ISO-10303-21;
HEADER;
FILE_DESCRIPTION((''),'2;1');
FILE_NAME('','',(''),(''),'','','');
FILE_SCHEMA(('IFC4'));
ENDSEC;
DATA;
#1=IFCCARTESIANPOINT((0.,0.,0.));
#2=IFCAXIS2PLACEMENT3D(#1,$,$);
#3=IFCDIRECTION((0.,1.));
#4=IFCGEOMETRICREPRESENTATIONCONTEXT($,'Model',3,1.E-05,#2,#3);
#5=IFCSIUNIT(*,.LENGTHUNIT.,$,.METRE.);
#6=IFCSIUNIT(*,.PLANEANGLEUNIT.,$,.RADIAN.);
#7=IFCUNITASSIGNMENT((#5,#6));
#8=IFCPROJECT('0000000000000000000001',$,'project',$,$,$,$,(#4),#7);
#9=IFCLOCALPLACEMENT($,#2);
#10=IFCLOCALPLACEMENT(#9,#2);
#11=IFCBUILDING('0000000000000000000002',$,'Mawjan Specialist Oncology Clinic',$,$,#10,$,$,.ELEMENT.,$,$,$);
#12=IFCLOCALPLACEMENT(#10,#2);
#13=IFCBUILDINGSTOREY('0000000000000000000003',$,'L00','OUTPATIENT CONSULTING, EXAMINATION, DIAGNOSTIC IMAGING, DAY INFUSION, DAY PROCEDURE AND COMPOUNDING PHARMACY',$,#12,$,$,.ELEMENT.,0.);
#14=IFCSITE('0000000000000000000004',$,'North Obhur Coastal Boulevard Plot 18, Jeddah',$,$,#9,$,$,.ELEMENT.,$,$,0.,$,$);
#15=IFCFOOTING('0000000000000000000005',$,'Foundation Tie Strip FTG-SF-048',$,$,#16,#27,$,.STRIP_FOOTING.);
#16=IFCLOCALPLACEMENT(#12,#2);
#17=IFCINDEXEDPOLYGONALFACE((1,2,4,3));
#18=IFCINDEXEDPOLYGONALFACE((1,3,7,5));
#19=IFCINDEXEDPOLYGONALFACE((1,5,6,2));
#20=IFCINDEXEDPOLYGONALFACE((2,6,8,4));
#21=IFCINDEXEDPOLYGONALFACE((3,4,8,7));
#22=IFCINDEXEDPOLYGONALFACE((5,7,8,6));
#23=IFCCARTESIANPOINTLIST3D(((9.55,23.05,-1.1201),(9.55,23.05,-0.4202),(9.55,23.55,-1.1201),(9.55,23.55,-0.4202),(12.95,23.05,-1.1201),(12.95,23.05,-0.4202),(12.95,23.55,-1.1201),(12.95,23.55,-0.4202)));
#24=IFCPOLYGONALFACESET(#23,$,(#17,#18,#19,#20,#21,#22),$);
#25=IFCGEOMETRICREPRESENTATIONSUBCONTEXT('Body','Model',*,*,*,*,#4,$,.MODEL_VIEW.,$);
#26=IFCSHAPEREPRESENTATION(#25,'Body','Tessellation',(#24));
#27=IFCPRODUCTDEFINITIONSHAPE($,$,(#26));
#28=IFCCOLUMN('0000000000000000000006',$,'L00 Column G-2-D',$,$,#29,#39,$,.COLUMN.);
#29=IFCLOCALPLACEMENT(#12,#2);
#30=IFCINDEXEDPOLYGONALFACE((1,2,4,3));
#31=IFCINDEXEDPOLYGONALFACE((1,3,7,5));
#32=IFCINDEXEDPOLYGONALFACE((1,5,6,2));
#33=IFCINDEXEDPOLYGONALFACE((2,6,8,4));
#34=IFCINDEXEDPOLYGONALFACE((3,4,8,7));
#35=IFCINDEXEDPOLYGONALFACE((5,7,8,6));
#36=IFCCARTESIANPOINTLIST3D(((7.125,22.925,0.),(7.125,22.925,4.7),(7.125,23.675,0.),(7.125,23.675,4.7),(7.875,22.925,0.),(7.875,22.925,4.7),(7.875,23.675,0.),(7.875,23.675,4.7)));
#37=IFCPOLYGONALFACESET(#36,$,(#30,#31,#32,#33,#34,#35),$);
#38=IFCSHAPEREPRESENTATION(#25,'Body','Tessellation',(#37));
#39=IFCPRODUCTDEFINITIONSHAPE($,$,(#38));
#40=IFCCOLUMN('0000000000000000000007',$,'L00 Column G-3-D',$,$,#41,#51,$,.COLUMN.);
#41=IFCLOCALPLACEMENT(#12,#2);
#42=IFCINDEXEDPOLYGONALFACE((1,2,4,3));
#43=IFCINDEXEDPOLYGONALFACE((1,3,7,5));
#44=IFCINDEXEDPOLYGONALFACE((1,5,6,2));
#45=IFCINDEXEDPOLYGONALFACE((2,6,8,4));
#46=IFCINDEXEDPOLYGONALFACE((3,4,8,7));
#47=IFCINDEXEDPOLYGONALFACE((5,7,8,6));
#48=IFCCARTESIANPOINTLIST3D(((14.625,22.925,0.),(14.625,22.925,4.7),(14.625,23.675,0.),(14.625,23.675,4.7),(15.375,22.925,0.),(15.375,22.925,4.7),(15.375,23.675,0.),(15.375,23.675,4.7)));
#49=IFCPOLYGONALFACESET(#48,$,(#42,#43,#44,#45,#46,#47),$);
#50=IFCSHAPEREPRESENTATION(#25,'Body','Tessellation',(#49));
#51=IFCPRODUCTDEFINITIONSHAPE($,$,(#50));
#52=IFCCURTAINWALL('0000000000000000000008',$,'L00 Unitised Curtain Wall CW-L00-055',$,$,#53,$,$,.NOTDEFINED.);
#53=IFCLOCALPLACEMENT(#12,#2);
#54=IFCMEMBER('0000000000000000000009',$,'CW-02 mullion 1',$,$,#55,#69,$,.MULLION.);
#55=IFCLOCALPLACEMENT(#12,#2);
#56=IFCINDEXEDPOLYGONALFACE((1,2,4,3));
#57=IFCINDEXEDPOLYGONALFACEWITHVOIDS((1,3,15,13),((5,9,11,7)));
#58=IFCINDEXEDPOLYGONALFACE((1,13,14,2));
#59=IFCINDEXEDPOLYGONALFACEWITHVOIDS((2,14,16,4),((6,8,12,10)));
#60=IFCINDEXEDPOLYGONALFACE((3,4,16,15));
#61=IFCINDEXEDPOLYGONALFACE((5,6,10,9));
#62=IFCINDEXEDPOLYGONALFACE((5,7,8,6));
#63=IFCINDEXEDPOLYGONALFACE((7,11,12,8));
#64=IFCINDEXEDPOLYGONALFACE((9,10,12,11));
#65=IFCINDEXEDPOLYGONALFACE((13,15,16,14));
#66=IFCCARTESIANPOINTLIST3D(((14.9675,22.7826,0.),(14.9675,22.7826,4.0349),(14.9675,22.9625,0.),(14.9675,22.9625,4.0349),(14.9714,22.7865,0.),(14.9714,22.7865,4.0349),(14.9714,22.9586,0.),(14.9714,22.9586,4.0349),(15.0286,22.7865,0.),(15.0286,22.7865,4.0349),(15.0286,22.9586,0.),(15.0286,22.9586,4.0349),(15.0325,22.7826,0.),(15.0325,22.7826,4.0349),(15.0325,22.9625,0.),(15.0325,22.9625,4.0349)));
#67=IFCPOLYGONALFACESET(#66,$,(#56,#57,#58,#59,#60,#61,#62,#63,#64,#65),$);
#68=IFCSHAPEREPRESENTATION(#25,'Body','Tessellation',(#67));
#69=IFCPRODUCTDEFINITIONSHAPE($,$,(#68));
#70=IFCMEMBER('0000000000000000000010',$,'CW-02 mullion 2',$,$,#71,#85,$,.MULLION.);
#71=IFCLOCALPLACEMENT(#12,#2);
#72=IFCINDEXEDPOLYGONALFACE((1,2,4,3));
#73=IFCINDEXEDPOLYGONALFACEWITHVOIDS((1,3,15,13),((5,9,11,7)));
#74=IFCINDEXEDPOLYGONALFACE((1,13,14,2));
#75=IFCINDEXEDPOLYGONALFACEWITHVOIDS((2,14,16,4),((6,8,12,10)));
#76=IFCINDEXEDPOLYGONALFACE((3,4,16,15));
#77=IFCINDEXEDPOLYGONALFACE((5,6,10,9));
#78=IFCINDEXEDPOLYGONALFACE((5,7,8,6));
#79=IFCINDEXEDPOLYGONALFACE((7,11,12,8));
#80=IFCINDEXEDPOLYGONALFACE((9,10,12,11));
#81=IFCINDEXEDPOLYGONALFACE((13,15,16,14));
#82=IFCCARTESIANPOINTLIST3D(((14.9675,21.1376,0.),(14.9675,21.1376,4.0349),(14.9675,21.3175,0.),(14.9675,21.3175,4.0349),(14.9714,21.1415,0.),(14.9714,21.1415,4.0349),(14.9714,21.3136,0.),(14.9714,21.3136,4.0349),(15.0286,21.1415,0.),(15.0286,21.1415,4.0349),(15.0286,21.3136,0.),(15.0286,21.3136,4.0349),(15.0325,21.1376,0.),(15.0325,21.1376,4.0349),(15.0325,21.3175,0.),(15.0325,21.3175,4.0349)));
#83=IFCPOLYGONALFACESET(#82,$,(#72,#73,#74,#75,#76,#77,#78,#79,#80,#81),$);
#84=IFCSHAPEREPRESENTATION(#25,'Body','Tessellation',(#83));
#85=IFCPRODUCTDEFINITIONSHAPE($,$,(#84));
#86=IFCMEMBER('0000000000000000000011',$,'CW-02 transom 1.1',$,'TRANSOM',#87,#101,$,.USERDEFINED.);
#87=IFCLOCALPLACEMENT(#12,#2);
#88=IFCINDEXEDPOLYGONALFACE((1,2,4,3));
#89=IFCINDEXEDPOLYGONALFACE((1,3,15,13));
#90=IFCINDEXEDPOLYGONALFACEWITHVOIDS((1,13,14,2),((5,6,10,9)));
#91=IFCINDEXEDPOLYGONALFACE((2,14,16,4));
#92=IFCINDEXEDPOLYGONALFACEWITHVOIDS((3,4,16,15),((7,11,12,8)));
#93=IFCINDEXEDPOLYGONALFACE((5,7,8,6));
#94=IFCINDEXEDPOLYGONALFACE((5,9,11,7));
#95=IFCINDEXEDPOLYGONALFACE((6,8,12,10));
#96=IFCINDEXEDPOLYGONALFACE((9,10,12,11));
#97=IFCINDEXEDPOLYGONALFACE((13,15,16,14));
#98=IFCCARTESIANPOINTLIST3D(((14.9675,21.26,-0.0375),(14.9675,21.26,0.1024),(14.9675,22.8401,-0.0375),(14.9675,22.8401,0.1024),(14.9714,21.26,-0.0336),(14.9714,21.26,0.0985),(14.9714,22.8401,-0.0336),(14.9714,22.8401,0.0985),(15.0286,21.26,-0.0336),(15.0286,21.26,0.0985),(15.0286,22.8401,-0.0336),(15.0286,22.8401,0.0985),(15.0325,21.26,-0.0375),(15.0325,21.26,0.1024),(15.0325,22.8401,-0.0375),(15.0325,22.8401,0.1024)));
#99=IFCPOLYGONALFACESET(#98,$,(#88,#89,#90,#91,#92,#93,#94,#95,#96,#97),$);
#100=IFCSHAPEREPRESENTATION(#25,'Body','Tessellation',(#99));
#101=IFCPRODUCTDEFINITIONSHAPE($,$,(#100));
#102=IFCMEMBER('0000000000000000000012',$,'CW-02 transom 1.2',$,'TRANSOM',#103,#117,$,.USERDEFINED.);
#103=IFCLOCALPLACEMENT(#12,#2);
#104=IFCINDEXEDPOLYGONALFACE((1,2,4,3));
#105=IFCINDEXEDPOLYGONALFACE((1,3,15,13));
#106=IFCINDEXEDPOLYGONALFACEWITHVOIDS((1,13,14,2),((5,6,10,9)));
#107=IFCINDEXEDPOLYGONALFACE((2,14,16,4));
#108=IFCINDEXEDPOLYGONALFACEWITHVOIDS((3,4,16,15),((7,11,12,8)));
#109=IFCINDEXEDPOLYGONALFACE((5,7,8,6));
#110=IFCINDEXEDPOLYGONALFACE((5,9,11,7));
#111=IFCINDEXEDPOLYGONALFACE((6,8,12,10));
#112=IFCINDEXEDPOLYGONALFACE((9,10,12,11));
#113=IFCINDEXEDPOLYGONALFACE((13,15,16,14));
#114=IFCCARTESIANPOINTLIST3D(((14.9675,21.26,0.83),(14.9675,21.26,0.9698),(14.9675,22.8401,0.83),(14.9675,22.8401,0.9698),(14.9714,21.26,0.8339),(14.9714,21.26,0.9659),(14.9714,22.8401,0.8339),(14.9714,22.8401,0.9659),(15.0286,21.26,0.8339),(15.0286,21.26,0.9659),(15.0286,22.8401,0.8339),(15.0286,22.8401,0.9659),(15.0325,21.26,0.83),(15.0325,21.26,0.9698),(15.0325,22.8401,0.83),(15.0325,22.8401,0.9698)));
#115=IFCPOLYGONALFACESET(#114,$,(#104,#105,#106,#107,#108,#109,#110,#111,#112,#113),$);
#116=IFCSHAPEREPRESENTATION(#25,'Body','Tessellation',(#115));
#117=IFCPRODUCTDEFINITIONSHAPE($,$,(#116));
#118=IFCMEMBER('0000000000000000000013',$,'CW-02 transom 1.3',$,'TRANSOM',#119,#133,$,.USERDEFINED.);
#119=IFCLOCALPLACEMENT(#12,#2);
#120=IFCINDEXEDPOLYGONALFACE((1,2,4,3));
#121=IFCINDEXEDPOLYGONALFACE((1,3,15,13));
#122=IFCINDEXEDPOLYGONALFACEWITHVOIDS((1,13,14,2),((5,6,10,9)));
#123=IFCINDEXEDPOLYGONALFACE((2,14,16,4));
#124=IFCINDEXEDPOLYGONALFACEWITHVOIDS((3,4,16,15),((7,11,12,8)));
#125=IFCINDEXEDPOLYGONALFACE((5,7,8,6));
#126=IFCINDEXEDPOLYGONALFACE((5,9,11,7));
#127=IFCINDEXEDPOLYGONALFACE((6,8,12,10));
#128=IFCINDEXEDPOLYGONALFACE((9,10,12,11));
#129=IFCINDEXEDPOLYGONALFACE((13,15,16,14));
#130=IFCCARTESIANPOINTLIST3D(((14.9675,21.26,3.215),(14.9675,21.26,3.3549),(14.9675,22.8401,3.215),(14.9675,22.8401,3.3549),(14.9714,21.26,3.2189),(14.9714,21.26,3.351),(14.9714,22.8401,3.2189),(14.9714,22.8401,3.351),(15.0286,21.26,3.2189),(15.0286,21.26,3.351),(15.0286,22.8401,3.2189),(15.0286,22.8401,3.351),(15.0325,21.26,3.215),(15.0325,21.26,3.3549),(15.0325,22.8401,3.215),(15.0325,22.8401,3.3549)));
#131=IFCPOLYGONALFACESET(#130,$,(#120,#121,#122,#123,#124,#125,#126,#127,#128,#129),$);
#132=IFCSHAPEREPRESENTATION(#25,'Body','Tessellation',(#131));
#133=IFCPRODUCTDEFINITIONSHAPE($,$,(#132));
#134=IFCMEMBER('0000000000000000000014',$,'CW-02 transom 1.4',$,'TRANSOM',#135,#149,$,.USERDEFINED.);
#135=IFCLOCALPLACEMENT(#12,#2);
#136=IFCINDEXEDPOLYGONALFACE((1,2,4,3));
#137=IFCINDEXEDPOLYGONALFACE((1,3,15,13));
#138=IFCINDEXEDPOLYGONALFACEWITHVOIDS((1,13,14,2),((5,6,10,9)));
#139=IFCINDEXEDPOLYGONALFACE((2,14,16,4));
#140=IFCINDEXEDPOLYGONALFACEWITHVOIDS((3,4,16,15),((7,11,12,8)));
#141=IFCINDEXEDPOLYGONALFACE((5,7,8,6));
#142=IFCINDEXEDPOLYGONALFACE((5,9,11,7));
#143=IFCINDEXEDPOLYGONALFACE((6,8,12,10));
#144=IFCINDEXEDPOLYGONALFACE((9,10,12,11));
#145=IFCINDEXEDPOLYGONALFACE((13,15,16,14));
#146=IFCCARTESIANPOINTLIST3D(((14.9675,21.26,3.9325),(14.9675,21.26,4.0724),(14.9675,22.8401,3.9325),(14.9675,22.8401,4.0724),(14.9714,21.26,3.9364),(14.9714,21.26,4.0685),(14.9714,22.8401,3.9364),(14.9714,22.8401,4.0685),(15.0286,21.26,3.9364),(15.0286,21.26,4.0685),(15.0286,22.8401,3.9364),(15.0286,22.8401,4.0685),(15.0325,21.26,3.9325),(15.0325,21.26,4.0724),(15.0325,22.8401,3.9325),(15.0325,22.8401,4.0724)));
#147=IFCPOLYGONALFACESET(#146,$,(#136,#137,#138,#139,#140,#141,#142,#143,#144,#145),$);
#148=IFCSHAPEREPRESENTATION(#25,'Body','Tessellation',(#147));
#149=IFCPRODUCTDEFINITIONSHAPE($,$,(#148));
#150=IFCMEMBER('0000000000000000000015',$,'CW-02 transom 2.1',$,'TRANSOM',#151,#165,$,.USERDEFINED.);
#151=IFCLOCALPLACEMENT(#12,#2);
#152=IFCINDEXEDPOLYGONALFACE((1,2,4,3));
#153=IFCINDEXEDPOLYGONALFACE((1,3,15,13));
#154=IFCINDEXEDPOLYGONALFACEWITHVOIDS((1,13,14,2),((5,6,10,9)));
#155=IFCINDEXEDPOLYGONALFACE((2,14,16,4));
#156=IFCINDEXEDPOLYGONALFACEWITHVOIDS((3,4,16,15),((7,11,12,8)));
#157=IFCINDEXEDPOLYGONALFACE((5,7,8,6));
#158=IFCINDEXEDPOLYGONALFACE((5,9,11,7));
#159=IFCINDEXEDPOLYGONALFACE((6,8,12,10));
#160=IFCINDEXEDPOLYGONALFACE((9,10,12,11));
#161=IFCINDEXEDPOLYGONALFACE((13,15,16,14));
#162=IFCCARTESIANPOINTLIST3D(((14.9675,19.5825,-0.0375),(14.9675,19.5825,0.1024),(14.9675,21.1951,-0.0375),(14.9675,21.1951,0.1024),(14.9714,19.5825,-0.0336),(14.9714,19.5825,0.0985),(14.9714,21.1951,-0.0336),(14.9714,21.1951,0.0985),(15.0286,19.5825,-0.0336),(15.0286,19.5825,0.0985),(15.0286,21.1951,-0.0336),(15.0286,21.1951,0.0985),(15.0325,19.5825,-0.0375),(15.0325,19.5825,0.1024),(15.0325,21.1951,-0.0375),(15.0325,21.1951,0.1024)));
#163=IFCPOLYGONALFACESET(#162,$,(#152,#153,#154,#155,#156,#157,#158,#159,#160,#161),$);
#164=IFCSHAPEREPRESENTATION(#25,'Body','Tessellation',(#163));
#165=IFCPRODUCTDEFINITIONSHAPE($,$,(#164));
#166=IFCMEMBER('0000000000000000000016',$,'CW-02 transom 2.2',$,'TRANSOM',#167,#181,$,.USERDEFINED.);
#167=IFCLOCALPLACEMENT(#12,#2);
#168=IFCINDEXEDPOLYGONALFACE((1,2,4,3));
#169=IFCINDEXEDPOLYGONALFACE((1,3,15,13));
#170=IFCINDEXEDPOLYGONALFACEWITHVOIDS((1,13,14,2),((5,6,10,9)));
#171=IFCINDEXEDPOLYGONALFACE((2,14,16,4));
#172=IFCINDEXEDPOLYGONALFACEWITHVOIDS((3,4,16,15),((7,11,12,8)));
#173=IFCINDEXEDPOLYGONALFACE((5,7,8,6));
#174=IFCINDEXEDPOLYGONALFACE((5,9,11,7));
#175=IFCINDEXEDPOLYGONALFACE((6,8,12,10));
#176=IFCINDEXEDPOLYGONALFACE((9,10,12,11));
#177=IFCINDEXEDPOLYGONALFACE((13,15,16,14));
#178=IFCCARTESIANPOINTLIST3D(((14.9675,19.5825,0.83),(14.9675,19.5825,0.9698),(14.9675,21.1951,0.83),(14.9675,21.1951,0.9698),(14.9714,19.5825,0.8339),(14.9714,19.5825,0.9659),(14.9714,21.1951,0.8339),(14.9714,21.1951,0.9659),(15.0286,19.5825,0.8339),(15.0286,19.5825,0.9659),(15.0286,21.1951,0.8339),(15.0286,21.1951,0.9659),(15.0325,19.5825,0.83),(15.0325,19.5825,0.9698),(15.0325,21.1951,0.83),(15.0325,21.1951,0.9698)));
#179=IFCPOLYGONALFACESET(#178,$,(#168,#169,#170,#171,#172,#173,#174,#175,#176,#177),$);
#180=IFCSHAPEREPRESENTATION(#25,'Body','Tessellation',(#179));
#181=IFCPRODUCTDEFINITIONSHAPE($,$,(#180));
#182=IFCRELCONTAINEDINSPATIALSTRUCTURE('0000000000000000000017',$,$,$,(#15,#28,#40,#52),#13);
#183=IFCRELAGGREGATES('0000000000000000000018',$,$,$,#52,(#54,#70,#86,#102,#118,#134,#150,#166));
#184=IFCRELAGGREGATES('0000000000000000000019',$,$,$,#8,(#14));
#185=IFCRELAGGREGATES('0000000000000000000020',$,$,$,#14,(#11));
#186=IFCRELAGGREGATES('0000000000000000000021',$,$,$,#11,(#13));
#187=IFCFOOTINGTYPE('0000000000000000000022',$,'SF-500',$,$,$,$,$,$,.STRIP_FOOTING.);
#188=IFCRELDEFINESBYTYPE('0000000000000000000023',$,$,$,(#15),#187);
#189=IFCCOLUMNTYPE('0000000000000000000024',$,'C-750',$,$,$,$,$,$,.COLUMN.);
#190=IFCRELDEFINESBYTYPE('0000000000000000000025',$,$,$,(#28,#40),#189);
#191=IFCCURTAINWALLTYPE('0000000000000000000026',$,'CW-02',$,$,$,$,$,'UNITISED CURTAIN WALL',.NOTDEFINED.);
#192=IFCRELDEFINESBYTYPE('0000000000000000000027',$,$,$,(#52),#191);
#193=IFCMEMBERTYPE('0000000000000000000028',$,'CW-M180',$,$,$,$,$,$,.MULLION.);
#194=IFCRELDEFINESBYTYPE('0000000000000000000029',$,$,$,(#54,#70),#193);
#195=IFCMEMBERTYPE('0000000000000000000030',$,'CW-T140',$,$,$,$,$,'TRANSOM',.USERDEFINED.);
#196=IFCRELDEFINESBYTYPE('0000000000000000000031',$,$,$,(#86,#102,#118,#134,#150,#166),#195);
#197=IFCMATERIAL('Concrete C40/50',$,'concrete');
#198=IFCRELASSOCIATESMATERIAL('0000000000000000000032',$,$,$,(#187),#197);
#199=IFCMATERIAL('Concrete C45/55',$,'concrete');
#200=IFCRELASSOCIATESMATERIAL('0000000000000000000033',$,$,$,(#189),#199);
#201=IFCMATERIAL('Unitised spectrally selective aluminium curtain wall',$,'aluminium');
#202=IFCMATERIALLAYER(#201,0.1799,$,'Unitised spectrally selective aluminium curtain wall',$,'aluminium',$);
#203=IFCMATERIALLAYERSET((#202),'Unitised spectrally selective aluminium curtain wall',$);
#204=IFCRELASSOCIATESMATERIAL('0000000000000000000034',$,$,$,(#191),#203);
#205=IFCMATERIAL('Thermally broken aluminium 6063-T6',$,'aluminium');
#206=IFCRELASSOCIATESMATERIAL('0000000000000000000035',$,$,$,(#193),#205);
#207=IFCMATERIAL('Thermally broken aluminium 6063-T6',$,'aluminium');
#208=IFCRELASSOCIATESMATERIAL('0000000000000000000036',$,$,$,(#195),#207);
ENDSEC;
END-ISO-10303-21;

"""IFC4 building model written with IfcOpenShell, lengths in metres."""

from ifc_helpers import new_model, si_unit, direction, frame, origin, origin_2d, place, context, subcontext, project, spatial, rectangle, hollow_rectangle, extrude, material, layer, layer_set, material_profile, profile_set, type_object, element, aggregate, save


model = new_model("IFC4")

# Units and contexts
model_context = context("Model", 3, precision=1e-05, world=origin(), true_north=direction((0.0, 1.0)))
body_context = subcontext(model_context, "Body", "Model", "MODEL_VIEW")
ifc_project = project(units=[si_unit("LENGTHUNIT", "METRE"), si_unit("PLANEANGLEUNIT", "RADIAN")], contexts=[model_context])

# Site, building, storey
site_placement = place(None, origin())
site = spatial("IfcSite", under=ifc_project, at=site_placement, Name="North Obhur Coastal Boulevard Plot 18, Jeddah", CompositionType="ELEMENT", RefElevation=0.0)
building_placement = place(site_placement, origin())
building = spatial("IfcBuilding", under=site, at=building_placement, Name="Mawjan Specialist Oncology Clinic", CompositionType="ELEMENT")
storey_placement = place(building_placement, origin())
storey = spatial("IfcBuildingStorey", under=building, at=storey_placement, Name="L00", Description="OUTPATIENT CONSULTING, EXAMINATION, DIAGNOSTIC IMAGING, DAY INFUSION, DAY PROCEDURE AND COMPOUNDING PHARMACY", CompositionType="ELEMENT", Elevation=0.0)

# Footing
ifc_material_1 = material(Name="Concrete C40/50", Category="concrete")
footing_type_1 = type_object("IfcFootingType", Name="SF-500", PredefinedType="STRIP_FOOTING", material=ifc_material_1)
footing_placement = place(storey_placement, frame((11.25, 23.3, -1.1201), z_axis=(0.0, 0.0, 1.0), x_axis=(1.0, 0.0, 0.0)))
element("IfcFooting", 1, at=footing_placement, inside=storey, type_object=footing_type_1, Name="Foundation Tie Strip FTG-SF-048", PredefinedType="STRIP_FOOTING", context=body_context, shape_type="SweptSolid", body=[
    extrude(rectangle(XDim=3.3999, YDim=0.5, at=origin_2d()), origin(), (0.0, 0.0, 1.0), 0.7),
])

# Columns
ifc_material_2 = material(Name="Concrete C45/55", Category="concrete")
ifc_material_profile_1 = material_profile(ifc_material_2, rectangle(XDim=0.75, YDim=0.75, at=origin_2d()), Name="RC COL 750x750", Category="concrete")
ifc_profile_set_1 = profile_set([ifc_material_profile_1], Name="Concrete C45/55")
column_type = type_object("IfcColumnType", Name="C-750", PredefinedType="COLUMN", material=ifc_profile_set_1)
for number, where, z_axis, x_axis, name in (
    (2, (7.5, 23.3, 0.0), (0.0, 0.0, 1.0), (1.0, 0.0, 0.0), "L00 Column G-2-D"),
    (3, (15.0, 23.3, 0.0), (0.0, 0.0, 1.0), (1.0, 0.0, 0.0), "L00 Column G-3-D"),
):
    element("IfcColumn", number, at=place(storey_placement, frame(where, z_axis=z_axis, x_axis=x_axis)), inside=storey, type_object=column_type, Name=name, PredefinedType="COLUMN", context=body_context, shape_type="SweptSolid", body=[
        extrude(rectangle(XDim=0.75, YDim=0.75, at=origin_2d()), origin(), (0.0, 0.0, 1.0), 4.7),
    ])

# Curtain wall, members
ifc_material_3 = material(Name="Unitised spectrally selective aluminium curtain wall", Category="aluminium")
ifc_layer_1 = layer(ifc_material_3, 0.1799, Name="Unitised spectrally selective aluminium curtain wall", Category="aluminium")
ifc_layer_set_1 = layer_set([ifc_layer_1], Name="Unitised spectrally selective aluminium curtain wall")
curtain_wall_type = type_object("IfcCurtainWallType", Name="CW-02", ElementType="UNITISED CURTAIN WALL", PredefinedType="NOTDEFINED", material=ifc_layer_set_1)
curtain_wall_placement = place(storey_placement, origin())
curtain_wall = element("IfcCurtainWall", 4, at=curtain_wall_placement, inside=storey, type_object=curtain_wall_type, Name="L00 Unitised Curtain Wall CW-L00-055", PredefinedType="NOTDEFINED")
ifc_material_4 = material(Name="Thermally broken aluminium 6063-T6", Category="aluminium")
ifc_material_profile_2 = material_profile(ifc_material_4, hollow_rectangle(XDim=0.0649, YDim=0.1799, WallThickness=0.0039, at=origin_2d()), Name="ALU MULLION 180x65x4", Category="aluminium")
ifc_profile_set_2 = profile_set([ifc_material_profile_2], Name="Thermally broken aluminium 6063-T6")
member_type_1 = type_object("IfcMemberType", Name="CW-M180", PredefinedType="MULLION", material=ifc_profile_set_2)
member_1_placement = place(storey_placement, frame((15.0, 22.8726, 0.0), z_axis=(0.0, 0.0, 1.0), x_axis=(1.0, 0.0, 0.0)))
member_1 = element("IfcMember", 5, at=member_1_placement, type_object=member_type_1, Name="CW-02 mullion 1", PredefinedType="MULLION", context=body_context, shape_type="SweptSolid", body=[
    extrude(hollow_rectangle(XDim=0.0649, YDim=0.1799, WallThickness=0.0039, at=origin_2d()), origin(), (0.0, 0.0, 1.0), 4.0349),
])
member_2_placement = place(storey_placement, frame((15.0, 21.2275, 0.0), z_axis=(0.0, 0.0, 1.0), x_axis=(1.0, 0.0, 0.0)))
member_2 = element("IfcMember", 6, at=member_2_placement, type_object=member_type_1, Name="CW-02 mullion 2", PredefinedType="MULLION", context=body_context, shape_type="SweptSolid", body=[
    extrude(hollow_rectangle(XDim=0.0649, YDim=0.1799, WallThickness=0.0039, at=origin_2d()), origin(), (0.0, 0.0, 1.0), 4.0349),
])
ifc_material_5 = material(Name="Thermally broken aluminium 6063-T6", Category="aluminium")
ifc_material_profile_3 = material_profile(ifc_material_5, hollow_rectangle(XDim=0.0649, YDim=0.1399, WallThickness=0.0039, at=origin_2d()), Name="ALU TRANSOM 140x65x4", Category="aluminium")
ifc_profile_set_3 = profile_set([ifc_material_profile_3], Name="Thermally broken aluminium 6063-T6")
member_type_2 = type_object("IfcMemberType", Name="CW-T140", ElementType="TRANSOM", PredefinedType="USERDEFINED", material=ifc_profile_set_3)
member_3_placement = place(storey_placement, frame((15.0, 22.8401, 0.0325), z_axis=(0.0, -1.0, 0.0), x_axis=(1.0, 0.0, 0.0)))
member_3 = element("IfcMember", 7, at=member_3_placement, type_object=member_type_2, Name="CW-02 transom 1.1", ObjectType="TRANSOM", PredefinedType="USERDEFINED", context=body_context, shape_type="SweptSolid", body=[
    extrude(hollow_rectangle(XDim=0.0649, YDim=0.1399, WallThickness=0.0039, at=origin_2d()), origin(), (0.0, 0.0, 1.0), 1.5801),
])
member_4_placement = place(storey_placement, frame((15.0, 22.8401, 0.8999), z_axis=(0.0, -1.0, 0.0), x_axis=(1.0, 0.0, 0.0)))
member_4 = element("IfcMember", 8, at=member_4_placement, type_object=member_type_2, Name="CW-02 transom 1.2", ObjectType="TRANSOM", PredefinedType="USERDEFINED", context=body_context, shape_type="SweptSolid", body=[
    extrude(hollow_rectangle(XDim=0.0649, YDim=0.1399, WallThickness=0.0039, at=origin_2d()), origin(), (0.0, 0.0, 1.0), 1.5801),
])
member_5_placement = place(storey_placement, frame((15.0, 22.8401, 3.2849), z_axis=(0.0, -1.0, 0.0), x_axis=(1.0, 0.0, 0.0)))
member_5 = element("IfcMember", 9, at=member_5_placement, type_object=member_type_2, Name="CW-02 transom 1.3", ObjectType="TRANSOM", PredefinedType="USERDEFINED", context=body_context, shape_type="SweptSolid", body=[
    extrude(hollow_rectangle(XDim=0.0649, YDim=0.1399, WallThickness=0.0039, at=origin_2d()), origin(), (0.0, 0.0, 1.0), 1.5801),
])
member_6_placement = place(storey_placement, frame((15.0, 22.8401, 4.0024), z_axis=(0.0, -1.0, 0.0), x_axis=(1.0, 0.0, 0.0)))
member_6 = element("IfcMember", 10, at=member_6_placement, type_object=member_type_2, Name="CW-02 transom 1.4", ObjectType="TRANSOM", PredefinedType="USERDEFINED", context=body_context, shape_type="SweptSolid", body=[
    extrude(hollow_rectangle(XDim=0.0649, YDim=0.1399, WallThickness=0.0039, at=origin_2d()), origin(), (0.0, 0.0, 1.0), 1.5801),
])
member_7_placement = place(storey_placement, frame((15.0, 21.1951, 0.0325), z_axis=(0.0, -1.0, 0.0), x_axis=(1.0, 0.0, 0.0)))
member_7 = element("IfcMember", 11, at=member_7_placement, type_object=member_type_2, Name="CW-02 transom 2.1", ObjectType="TRANSOM", PredefinedType="USERDEFINED", context=body_context, shape_type="SweptSolid", body=[
    extrude(hollow_rectangle(XDim=0.0649, YDim=0.1399, WallThickness=0.0039, at=origin_2d()), origin(), (0.0, 0.0, 1.0), 1.6125),
])
member_8_placement = place(storey_placement, frame((15.0, 21.1951, 0.8999), z_axis=(0.0, -1.0, 0.0), x_axis=(1.0, 0.0, 0.0)))
member_8 = element("IfcMember", 12, at=member_8_placement, type_object=member_type_2, Name="CW-02 transom 2.2", ObjectType="TRANSOM", PredefinedType="USERDEFINED", context=body_context, shape_type="SweptSolid", body=[
    extrude(hollow_rectangle(XDim=0.0649, YDim=0.1399, WallThickness=0.0039, at=origin_2d()), origin(), (0.0, 0.0, 1.0), 1.6125),
])
aggregate(curtain_wall, [member_1, member_2, member_3, member_4, member_5, member_6, member_7, member_8])

save(model, "model.ifc")
